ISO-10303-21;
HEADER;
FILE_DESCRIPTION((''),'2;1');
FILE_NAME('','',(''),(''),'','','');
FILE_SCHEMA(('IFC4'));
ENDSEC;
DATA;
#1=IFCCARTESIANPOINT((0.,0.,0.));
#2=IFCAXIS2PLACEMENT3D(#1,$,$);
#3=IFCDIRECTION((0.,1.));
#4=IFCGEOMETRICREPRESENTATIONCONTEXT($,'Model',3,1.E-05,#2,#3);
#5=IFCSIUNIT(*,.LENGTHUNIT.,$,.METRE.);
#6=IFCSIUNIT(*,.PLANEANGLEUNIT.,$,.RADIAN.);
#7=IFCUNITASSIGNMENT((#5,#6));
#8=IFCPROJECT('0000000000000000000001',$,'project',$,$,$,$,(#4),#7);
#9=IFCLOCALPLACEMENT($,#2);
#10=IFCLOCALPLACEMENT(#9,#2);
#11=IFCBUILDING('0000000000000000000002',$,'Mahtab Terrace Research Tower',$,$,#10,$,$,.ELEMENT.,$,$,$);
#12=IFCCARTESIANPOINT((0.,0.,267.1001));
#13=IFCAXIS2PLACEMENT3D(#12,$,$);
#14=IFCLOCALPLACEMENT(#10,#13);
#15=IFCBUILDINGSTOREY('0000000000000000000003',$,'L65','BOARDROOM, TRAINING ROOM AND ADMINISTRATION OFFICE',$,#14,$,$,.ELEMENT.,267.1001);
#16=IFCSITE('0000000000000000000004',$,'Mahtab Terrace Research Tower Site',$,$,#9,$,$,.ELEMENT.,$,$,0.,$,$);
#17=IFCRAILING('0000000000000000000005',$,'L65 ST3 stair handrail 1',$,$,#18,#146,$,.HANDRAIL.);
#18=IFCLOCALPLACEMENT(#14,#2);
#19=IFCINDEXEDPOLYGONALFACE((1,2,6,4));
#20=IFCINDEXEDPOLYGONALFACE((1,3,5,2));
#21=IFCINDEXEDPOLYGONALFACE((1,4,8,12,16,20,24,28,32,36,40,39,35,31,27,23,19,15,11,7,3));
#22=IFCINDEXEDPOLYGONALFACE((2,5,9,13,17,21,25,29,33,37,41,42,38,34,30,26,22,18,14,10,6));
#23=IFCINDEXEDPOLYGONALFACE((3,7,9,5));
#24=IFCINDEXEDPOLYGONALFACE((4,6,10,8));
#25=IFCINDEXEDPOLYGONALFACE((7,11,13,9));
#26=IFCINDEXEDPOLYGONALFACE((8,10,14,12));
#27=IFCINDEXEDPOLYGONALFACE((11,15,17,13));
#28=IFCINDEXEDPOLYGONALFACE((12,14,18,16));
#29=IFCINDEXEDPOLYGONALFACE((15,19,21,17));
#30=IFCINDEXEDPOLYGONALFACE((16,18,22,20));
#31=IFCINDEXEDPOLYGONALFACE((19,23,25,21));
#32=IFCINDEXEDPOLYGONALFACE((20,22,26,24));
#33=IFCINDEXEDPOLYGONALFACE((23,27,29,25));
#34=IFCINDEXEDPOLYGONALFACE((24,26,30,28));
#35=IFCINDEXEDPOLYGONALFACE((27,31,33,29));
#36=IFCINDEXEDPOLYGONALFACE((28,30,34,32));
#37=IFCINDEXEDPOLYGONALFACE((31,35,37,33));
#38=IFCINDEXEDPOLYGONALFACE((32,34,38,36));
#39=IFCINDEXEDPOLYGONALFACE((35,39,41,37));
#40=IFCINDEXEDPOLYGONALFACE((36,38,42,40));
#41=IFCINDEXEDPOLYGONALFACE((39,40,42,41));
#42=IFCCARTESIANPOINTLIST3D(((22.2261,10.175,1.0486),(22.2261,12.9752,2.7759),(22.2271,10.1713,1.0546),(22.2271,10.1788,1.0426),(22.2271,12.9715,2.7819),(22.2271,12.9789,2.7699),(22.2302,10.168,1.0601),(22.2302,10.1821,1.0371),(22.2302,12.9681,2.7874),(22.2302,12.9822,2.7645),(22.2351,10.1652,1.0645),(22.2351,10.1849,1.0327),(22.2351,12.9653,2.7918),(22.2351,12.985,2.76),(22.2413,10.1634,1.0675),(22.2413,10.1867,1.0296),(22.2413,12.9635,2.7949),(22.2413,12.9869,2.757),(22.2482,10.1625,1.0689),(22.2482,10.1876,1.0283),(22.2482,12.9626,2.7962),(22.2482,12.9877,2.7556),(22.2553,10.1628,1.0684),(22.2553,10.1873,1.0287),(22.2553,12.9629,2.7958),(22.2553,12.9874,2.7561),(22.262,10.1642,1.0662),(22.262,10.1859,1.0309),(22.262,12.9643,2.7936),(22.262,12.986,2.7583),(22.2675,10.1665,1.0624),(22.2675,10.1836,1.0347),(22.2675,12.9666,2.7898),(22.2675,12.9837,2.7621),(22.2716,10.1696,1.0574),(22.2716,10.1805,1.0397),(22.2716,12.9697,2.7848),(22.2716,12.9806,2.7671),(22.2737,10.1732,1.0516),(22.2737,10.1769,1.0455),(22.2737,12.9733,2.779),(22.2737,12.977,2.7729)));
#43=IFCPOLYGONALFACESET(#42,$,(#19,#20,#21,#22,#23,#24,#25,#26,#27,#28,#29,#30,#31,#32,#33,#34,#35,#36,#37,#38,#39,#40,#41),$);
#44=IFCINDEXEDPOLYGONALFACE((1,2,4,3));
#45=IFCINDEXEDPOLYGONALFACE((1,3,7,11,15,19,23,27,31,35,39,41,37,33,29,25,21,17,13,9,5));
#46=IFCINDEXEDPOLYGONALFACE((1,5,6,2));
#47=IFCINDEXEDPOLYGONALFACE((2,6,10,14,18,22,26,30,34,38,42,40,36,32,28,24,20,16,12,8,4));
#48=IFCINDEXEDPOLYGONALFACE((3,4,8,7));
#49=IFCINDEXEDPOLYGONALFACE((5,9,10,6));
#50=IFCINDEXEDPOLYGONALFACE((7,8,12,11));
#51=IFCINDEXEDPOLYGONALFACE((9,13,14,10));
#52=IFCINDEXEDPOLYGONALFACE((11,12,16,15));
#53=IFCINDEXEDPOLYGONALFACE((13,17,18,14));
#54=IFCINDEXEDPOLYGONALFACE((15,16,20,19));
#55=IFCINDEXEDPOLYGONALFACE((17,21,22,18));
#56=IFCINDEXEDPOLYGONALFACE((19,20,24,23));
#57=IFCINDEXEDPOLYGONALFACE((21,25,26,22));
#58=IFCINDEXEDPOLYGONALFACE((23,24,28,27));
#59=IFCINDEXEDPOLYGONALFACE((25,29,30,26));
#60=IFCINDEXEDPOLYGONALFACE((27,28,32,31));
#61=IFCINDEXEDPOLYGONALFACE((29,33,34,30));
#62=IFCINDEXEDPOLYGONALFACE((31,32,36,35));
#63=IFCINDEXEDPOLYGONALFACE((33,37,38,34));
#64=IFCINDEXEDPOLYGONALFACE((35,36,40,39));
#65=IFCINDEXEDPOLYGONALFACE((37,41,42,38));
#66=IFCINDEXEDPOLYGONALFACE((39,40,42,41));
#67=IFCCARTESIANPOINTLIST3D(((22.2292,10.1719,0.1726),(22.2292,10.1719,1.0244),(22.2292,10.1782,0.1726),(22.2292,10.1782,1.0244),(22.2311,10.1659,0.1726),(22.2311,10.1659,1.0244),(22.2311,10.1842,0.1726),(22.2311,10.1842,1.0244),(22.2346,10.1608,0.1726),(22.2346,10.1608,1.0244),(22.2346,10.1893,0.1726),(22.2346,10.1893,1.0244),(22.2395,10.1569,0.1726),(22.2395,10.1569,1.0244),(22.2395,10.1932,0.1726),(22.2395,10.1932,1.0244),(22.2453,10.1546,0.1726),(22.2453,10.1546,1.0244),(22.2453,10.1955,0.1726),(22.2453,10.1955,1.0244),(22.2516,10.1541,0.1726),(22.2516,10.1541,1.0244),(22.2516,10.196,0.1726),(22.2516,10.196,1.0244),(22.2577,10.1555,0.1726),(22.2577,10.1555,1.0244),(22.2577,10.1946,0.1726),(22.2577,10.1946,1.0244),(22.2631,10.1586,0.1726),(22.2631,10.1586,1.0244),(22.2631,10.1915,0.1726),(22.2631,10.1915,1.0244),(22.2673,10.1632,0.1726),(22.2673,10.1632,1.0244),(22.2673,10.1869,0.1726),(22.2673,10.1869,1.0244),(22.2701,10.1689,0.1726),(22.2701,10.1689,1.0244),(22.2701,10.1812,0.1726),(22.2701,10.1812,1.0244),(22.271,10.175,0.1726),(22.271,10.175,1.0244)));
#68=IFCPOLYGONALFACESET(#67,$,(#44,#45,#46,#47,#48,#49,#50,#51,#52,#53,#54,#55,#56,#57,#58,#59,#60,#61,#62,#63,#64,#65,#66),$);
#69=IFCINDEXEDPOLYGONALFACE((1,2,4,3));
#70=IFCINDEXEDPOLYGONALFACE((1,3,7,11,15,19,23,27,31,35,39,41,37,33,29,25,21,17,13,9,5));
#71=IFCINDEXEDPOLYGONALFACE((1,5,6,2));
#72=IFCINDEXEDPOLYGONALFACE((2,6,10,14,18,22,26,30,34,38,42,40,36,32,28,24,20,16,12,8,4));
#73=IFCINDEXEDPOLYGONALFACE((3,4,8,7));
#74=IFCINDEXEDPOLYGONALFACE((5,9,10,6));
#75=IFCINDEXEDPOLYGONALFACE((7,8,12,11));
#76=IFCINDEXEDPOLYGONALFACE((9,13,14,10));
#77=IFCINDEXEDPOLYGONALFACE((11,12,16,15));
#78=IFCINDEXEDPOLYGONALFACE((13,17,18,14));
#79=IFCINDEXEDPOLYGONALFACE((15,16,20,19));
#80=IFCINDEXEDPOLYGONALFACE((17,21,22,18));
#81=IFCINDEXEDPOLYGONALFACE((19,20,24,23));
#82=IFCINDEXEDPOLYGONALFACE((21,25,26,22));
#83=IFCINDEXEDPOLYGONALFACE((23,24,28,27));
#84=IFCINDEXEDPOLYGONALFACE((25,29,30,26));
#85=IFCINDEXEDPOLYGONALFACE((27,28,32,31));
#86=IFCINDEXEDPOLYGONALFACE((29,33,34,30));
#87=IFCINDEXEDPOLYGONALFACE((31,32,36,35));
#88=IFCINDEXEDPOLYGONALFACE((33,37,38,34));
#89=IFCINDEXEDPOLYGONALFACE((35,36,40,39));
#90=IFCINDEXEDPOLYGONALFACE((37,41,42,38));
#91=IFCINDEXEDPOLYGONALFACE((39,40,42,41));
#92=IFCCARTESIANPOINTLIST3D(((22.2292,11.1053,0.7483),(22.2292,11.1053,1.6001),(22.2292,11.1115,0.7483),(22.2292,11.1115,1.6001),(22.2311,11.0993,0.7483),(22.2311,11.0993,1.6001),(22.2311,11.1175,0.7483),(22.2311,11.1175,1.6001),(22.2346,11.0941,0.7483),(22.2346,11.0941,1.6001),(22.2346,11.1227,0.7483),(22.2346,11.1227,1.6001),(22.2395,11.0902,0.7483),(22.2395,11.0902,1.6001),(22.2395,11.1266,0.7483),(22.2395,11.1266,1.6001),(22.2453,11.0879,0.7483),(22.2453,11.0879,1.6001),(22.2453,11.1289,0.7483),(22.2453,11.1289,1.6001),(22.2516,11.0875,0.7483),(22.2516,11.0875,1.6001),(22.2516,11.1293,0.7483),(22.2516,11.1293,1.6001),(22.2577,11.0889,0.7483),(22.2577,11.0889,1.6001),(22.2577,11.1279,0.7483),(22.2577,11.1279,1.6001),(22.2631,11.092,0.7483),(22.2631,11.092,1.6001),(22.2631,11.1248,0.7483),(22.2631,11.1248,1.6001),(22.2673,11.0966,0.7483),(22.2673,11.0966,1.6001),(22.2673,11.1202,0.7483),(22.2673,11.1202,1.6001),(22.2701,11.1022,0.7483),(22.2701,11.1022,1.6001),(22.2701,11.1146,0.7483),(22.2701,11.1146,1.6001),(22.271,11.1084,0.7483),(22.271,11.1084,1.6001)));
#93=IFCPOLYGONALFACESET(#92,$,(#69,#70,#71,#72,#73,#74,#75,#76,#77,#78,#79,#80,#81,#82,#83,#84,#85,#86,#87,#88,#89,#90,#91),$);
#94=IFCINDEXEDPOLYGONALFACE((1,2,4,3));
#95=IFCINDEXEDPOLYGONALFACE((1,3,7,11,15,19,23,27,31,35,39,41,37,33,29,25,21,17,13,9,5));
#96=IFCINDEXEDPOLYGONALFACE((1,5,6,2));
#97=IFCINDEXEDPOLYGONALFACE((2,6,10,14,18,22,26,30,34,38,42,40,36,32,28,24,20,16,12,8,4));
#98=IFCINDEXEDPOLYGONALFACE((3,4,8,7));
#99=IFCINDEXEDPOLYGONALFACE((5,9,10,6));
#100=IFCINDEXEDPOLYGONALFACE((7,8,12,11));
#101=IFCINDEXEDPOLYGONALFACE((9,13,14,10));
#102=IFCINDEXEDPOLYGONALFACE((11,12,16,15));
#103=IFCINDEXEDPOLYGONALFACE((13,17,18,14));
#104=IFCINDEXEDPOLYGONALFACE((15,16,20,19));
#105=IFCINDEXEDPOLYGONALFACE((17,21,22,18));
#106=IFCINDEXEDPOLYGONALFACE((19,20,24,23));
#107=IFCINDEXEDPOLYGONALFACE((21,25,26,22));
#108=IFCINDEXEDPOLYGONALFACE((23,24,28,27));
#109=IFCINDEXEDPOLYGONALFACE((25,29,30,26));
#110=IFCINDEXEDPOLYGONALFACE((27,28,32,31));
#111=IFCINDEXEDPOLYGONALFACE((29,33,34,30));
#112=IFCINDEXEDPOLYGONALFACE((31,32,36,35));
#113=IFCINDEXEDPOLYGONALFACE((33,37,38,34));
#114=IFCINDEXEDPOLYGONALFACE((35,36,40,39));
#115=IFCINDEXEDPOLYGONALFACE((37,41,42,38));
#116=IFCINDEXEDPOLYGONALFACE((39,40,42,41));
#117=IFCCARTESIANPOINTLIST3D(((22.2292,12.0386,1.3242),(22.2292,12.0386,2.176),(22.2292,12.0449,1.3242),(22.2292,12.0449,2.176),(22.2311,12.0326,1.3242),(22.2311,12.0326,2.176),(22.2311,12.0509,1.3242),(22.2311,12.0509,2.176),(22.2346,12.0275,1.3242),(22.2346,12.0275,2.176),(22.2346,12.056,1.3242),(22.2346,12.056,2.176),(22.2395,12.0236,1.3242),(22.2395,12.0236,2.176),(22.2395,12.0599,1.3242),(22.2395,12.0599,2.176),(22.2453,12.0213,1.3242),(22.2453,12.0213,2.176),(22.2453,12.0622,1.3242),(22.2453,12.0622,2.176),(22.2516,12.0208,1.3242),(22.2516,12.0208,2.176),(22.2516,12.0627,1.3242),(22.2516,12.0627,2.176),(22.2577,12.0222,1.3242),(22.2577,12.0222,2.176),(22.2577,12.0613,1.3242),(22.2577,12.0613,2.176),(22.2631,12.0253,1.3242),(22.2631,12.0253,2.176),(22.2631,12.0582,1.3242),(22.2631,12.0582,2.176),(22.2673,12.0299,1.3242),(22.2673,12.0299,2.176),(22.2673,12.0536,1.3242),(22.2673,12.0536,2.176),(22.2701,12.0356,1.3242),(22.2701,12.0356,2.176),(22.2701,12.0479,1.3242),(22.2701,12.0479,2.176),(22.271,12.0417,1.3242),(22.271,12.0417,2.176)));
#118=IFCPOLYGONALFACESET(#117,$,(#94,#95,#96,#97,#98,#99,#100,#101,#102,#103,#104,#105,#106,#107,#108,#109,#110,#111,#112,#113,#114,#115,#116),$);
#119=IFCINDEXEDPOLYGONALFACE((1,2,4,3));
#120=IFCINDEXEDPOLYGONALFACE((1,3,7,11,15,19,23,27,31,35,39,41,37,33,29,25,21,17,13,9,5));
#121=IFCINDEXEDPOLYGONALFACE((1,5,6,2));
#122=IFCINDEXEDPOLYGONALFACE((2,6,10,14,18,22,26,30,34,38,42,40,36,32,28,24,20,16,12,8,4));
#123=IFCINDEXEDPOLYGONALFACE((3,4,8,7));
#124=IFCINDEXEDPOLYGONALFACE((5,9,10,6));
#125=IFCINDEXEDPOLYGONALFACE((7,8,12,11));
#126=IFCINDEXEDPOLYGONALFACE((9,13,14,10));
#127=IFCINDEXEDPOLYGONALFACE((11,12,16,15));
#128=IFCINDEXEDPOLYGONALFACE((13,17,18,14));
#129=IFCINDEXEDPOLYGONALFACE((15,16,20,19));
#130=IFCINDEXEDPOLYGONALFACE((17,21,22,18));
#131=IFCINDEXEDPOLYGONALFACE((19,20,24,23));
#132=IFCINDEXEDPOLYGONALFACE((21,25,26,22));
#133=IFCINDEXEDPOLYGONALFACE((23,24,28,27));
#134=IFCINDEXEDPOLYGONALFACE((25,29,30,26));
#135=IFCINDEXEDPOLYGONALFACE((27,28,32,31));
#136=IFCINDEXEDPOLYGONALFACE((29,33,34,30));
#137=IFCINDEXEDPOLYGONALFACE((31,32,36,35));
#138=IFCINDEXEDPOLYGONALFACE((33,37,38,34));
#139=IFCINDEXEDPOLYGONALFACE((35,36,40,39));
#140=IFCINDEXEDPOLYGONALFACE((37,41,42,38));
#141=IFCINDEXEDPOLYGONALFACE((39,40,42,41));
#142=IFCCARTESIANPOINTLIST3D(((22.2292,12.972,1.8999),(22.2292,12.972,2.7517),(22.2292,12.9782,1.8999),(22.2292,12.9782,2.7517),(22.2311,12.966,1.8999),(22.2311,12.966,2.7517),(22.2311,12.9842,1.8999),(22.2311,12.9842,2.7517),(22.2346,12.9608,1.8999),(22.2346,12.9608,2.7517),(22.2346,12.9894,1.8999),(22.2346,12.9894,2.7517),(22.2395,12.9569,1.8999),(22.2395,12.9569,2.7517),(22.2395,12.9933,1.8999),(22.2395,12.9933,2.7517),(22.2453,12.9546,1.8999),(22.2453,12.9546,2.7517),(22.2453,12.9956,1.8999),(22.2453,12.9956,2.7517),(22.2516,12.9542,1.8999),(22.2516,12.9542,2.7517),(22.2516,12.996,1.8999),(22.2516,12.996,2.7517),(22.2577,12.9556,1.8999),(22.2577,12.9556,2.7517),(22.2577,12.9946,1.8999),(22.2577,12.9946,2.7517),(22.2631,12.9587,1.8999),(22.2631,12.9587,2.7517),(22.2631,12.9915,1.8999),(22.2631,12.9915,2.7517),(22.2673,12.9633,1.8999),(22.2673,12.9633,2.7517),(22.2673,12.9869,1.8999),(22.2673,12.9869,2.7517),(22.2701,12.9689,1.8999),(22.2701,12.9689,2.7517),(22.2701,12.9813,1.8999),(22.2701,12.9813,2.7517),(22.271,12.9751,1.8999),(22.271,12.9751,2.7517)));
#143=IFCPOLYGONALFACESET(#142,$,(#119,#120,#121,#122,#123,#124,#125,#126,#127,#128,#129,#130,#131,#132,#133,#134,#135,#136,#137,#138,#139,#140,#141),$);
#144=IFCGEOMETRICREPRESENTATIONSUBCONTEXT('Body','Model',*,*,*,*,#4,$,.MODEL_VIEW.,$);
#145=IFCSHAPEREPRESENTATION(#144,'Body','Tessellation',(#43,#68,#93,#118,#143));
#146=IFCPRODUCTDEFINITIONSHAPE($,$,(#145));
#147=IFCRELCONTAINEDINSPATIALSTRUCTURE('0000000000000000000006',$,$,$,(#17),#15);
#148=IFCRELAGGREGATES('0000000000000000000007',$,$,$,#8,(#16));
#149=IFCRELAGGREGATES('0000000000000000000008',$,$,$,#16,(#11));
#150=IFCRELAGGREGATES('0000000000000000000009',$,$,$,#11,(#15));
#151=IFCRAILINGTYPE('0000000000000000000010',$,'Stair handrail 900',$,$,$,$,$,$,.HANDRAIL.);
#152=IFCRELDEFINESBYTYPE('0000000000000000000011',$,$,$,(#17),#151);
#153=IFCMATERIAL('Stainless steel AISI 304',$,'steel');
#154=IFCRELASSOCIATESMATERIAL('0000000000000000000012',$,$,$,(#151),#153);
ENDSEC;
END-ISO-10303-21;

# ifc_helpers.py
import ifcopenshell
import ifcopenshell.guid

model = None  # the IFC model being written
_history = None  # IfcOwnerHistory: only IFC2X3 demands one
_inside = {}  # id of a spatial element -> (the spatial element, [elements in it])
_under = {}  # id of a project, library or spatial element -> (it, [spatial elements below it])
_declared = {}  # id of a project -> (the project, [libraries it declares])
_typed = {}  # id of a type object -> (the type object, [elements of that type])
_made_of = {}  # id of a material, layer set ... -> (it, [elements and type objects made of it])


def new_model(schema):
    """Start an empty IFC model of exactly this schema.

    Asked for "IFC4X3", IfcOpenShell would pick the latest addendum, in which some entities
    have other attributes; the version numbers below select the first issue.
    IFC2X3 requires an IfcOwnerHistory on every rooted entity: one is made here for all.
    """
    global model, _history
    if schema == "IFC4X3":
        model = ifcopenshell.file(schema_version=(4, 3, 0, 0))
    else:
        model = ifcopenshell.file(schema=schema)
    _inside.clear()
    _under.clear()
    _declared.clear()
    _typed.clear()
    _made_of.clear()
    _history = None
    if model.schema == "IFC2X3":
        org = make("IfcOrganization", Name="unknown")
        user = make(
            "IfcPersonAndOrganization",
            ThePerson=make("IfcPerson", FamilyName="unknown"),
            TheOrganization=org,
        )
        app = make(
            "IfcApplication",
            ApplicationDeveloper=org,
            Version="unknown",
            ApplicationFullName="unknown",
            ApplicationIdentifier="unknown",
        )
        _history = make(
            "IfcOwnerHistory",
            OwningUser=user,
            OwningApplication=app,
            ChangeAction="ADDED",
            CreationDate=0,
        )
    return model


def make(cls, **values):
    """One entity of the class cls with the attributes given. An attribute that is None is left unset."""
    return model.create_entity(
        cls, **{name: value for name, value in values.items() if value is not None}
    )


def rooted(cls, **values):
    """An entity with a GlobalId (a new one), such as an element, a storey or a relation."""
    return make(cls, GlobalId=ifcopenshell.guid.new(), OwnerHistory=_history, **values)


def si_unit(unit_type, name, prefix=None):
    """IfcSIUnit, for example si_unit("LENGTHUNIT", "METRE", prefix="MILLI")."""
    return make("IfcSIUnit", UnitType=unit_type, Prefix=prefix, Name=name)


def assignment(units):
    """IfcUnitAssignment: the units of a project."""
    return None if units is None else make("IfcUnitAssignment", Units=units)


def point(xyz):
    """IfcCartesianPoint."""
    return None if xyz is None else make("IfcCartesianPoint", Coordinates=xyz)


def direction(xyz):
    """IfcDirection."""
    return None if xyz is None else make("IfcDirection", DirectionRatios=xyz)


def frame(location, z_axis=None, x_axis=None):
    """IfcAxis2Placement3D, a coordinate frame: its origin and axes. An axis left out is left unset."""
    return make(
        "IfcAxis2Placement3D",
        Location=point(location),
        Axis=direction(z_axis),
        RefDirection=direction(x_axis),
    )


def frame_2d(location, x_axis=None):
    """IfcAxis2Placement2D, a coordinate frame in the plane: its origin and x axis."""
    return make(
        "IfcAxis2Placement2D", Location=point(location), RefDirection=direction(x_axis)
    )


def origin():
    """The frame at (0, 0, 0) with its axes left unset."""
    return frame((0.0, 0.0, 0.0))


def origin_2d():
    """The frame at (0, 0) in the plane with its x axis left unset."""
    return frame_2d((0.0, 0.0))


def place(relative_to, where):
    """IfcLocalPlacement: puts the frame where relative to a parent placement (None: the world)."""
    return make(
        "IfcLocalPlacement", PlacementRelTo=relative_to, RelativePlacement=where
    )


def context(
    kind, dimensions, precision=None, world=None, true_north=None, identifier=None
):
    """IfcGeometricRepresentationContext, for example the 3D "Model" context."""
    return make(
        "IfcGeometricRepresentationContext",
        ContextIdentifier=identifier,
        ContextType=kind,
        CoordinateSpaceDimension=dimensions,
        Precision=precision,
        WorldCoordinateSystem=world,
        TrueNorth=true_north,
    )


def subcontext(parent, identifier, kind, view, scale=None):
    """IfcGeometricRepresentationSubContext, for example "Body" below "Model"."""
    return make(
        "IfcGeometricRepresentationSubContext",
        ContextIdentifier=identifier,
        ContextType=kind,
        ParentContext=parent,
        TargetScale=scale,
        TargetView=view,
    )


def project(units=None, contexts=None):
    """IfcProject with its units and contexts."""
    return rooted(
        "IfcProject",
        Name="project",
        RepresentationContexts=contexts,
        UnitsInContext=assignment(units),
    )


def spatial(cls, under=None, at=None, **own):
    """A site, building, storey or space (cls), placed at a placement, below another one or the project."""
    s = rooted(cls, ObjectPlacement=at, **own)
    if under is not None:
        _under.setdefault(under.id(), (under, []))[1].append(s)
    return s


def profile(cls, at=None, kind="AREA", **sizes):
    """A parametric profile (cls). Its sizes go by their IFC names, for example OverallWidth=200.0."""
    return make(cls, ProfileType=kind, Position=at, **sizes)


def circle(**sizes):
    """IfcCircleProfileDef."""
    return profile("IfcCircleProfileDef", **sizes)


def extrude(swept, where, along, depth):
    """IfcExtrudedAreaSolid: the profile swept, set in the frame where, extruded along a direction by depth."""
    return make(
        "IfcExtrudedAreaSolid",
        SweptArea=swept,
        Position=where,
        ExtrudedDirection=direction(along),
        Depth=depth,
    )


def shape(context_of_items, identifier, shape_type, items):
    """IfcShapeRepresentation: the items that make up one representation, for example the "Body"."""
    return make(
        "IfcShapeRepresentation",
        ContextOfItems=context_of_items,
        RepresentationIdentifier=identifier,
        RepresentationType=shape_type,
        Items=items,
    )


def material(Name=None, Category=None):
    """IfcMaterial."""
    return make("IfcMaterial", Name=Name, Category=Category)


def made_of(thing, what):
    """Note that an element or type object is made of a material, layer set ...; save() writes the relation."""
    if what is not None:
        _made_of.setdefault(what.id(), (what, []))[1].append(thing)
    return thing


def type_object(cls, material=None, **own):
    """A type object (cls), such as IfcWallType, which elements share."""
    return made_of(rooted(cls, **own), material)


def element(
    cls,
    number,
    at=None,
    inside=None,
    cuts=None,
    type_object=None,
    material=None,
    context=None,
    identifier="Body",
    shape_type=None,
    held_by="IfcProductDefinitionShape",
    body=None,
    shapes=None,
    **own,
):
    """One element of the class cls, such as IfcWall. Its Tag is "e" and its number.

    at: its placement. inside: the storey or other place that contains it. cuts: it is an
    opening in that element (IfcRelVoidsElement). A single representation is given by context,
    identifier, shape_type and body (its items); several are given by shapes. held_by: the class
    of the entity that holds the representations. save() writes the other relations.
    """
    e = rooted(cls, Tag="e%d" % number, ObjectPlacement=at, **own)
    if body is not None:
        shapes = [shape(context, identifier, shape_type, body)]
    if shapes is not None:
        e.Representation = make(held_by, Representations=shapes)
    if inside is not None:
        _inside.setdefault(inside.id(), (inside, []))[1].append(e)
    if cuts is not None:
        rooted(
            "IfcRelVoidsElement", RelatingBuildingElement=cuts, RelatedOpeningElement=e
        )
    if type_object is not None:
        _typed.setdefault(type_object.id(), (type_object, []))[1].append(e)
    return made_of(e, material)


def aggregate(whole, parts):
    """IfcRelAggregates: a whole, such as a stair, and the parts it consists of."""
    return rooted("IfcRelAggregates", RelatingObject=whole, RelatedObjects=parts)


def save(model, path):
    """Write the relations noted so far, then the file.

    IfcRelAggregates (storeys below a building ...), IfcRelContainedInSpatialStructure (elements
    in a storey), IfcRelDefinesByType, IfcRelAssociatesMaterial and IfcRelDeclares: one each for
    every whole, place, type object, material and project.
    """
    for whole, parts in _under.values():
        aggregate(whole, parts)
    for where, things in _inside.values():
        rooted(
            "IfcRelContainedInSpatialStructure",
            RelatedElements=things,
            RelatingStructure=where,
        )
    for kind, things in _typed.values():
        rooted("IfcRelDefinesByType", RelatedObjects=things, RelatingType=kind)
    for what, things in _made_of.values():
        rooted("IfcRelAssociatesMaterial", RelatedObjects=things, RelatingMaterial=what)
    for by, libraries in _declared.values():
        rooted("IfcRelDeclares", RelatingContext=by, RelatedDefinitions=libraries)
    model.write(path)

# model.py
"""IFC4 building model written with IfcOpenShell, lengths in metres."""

from ifc_helpers import new_model, si_unit, direction, frame, origin, origin_2d, place, context, subcontext, project, spatial, circle, extrude, material, type_object, element, save


model = new_model("IFC4")

# Units and contexts
model_context = context("Model", 3, precision=1e-05, world=origin(), true_north=direction((0.0, 1.0)))
body_context = subcontext(model_context, "Body", "Model", "MODEL_VIEW")
ifc_project = project(units=[si_unit("LENGTHUNIT", "METRE"), si_unit("PLANEANGLEUNIT", "RADIAN")], contexts=[model_context])

# Site, building, storey
site_placement = place(None, origin())
site = spatial("IfcSite", under=ifc_project, at=site_placement, Name="Mahtab Terrace Research Tower Site", CompositionType="ELEMENT", RefElevation=0.0)
building_placement = place(site_placement, origin())
building = spatial("IfcBuilding", under=site, at=building_placement, Name="Mahtab Terrace Research Tower", CompositionType="ELEMENT")
storey_placement = place(building_placement, frame((0.0, 0.0, 267.1001)))
storey = spatial("IfcBuildingStorey", under=building, at=storey_placement, Name="L65", Description="BOARDROOM, TRAINING ROOM AND ADMINISTRATION OFFICE", CompositionType="ELEMENT", Elevation=267.1001)

# Shared definitions
ifc_material_1 = material(Name="Stainless steel AISI 304", Category="steel")

# Railing
railing_type_1 = type_object("IfcRailingType", Name="Stair handrail 900", PredefinedType="HANDRAIL", material=ifc_material_1)
railing_1_placement = place(storey_placement, frame((22.25, 10.175, 0.1726)))
element("IfcRailing", 1, at=railing_1_placement, inside=storey, type_object=railing_type_1, Name="L65 ST3 stair handrail 1", PredefinedType="HANDRAIL", context=body_context, shape_type="SweptSolid", body=[
    extrude(circle(Radius=0.0239, at=origin_2d()), frame((0.0, 0.0, 0.876), z_axis=(0.0, 0.85109, 0.52502), x_axis=(-1.0, 0.0, 0.0)), (0.0, 0.0, 1.0), 3.29),
    extrude(circle(Radius=0.021, at=origin_2d()), origin(), (0.0, 0.0, 1.0), 0.8518),
    extrude(circle(Radius=0.021, at=origin_2d()), frame((0.0, 0.9333, 0.5757)), (0.0, 0.0, 1.0), 0.8518),
    extrude(circle(Radius=0.021, at=origin_2d()), frame((0.0, 1.8667, 1.1516)), (0.0, 0.0, 1.0), 0.8518),
    extrude(circle(Radius=0.021, at=origin_2d()), frame((0.0, 2.8, 1.7273)), (0.0, 0.0, 1.0), 0.8518),
])

save(model, "model.ifc")
